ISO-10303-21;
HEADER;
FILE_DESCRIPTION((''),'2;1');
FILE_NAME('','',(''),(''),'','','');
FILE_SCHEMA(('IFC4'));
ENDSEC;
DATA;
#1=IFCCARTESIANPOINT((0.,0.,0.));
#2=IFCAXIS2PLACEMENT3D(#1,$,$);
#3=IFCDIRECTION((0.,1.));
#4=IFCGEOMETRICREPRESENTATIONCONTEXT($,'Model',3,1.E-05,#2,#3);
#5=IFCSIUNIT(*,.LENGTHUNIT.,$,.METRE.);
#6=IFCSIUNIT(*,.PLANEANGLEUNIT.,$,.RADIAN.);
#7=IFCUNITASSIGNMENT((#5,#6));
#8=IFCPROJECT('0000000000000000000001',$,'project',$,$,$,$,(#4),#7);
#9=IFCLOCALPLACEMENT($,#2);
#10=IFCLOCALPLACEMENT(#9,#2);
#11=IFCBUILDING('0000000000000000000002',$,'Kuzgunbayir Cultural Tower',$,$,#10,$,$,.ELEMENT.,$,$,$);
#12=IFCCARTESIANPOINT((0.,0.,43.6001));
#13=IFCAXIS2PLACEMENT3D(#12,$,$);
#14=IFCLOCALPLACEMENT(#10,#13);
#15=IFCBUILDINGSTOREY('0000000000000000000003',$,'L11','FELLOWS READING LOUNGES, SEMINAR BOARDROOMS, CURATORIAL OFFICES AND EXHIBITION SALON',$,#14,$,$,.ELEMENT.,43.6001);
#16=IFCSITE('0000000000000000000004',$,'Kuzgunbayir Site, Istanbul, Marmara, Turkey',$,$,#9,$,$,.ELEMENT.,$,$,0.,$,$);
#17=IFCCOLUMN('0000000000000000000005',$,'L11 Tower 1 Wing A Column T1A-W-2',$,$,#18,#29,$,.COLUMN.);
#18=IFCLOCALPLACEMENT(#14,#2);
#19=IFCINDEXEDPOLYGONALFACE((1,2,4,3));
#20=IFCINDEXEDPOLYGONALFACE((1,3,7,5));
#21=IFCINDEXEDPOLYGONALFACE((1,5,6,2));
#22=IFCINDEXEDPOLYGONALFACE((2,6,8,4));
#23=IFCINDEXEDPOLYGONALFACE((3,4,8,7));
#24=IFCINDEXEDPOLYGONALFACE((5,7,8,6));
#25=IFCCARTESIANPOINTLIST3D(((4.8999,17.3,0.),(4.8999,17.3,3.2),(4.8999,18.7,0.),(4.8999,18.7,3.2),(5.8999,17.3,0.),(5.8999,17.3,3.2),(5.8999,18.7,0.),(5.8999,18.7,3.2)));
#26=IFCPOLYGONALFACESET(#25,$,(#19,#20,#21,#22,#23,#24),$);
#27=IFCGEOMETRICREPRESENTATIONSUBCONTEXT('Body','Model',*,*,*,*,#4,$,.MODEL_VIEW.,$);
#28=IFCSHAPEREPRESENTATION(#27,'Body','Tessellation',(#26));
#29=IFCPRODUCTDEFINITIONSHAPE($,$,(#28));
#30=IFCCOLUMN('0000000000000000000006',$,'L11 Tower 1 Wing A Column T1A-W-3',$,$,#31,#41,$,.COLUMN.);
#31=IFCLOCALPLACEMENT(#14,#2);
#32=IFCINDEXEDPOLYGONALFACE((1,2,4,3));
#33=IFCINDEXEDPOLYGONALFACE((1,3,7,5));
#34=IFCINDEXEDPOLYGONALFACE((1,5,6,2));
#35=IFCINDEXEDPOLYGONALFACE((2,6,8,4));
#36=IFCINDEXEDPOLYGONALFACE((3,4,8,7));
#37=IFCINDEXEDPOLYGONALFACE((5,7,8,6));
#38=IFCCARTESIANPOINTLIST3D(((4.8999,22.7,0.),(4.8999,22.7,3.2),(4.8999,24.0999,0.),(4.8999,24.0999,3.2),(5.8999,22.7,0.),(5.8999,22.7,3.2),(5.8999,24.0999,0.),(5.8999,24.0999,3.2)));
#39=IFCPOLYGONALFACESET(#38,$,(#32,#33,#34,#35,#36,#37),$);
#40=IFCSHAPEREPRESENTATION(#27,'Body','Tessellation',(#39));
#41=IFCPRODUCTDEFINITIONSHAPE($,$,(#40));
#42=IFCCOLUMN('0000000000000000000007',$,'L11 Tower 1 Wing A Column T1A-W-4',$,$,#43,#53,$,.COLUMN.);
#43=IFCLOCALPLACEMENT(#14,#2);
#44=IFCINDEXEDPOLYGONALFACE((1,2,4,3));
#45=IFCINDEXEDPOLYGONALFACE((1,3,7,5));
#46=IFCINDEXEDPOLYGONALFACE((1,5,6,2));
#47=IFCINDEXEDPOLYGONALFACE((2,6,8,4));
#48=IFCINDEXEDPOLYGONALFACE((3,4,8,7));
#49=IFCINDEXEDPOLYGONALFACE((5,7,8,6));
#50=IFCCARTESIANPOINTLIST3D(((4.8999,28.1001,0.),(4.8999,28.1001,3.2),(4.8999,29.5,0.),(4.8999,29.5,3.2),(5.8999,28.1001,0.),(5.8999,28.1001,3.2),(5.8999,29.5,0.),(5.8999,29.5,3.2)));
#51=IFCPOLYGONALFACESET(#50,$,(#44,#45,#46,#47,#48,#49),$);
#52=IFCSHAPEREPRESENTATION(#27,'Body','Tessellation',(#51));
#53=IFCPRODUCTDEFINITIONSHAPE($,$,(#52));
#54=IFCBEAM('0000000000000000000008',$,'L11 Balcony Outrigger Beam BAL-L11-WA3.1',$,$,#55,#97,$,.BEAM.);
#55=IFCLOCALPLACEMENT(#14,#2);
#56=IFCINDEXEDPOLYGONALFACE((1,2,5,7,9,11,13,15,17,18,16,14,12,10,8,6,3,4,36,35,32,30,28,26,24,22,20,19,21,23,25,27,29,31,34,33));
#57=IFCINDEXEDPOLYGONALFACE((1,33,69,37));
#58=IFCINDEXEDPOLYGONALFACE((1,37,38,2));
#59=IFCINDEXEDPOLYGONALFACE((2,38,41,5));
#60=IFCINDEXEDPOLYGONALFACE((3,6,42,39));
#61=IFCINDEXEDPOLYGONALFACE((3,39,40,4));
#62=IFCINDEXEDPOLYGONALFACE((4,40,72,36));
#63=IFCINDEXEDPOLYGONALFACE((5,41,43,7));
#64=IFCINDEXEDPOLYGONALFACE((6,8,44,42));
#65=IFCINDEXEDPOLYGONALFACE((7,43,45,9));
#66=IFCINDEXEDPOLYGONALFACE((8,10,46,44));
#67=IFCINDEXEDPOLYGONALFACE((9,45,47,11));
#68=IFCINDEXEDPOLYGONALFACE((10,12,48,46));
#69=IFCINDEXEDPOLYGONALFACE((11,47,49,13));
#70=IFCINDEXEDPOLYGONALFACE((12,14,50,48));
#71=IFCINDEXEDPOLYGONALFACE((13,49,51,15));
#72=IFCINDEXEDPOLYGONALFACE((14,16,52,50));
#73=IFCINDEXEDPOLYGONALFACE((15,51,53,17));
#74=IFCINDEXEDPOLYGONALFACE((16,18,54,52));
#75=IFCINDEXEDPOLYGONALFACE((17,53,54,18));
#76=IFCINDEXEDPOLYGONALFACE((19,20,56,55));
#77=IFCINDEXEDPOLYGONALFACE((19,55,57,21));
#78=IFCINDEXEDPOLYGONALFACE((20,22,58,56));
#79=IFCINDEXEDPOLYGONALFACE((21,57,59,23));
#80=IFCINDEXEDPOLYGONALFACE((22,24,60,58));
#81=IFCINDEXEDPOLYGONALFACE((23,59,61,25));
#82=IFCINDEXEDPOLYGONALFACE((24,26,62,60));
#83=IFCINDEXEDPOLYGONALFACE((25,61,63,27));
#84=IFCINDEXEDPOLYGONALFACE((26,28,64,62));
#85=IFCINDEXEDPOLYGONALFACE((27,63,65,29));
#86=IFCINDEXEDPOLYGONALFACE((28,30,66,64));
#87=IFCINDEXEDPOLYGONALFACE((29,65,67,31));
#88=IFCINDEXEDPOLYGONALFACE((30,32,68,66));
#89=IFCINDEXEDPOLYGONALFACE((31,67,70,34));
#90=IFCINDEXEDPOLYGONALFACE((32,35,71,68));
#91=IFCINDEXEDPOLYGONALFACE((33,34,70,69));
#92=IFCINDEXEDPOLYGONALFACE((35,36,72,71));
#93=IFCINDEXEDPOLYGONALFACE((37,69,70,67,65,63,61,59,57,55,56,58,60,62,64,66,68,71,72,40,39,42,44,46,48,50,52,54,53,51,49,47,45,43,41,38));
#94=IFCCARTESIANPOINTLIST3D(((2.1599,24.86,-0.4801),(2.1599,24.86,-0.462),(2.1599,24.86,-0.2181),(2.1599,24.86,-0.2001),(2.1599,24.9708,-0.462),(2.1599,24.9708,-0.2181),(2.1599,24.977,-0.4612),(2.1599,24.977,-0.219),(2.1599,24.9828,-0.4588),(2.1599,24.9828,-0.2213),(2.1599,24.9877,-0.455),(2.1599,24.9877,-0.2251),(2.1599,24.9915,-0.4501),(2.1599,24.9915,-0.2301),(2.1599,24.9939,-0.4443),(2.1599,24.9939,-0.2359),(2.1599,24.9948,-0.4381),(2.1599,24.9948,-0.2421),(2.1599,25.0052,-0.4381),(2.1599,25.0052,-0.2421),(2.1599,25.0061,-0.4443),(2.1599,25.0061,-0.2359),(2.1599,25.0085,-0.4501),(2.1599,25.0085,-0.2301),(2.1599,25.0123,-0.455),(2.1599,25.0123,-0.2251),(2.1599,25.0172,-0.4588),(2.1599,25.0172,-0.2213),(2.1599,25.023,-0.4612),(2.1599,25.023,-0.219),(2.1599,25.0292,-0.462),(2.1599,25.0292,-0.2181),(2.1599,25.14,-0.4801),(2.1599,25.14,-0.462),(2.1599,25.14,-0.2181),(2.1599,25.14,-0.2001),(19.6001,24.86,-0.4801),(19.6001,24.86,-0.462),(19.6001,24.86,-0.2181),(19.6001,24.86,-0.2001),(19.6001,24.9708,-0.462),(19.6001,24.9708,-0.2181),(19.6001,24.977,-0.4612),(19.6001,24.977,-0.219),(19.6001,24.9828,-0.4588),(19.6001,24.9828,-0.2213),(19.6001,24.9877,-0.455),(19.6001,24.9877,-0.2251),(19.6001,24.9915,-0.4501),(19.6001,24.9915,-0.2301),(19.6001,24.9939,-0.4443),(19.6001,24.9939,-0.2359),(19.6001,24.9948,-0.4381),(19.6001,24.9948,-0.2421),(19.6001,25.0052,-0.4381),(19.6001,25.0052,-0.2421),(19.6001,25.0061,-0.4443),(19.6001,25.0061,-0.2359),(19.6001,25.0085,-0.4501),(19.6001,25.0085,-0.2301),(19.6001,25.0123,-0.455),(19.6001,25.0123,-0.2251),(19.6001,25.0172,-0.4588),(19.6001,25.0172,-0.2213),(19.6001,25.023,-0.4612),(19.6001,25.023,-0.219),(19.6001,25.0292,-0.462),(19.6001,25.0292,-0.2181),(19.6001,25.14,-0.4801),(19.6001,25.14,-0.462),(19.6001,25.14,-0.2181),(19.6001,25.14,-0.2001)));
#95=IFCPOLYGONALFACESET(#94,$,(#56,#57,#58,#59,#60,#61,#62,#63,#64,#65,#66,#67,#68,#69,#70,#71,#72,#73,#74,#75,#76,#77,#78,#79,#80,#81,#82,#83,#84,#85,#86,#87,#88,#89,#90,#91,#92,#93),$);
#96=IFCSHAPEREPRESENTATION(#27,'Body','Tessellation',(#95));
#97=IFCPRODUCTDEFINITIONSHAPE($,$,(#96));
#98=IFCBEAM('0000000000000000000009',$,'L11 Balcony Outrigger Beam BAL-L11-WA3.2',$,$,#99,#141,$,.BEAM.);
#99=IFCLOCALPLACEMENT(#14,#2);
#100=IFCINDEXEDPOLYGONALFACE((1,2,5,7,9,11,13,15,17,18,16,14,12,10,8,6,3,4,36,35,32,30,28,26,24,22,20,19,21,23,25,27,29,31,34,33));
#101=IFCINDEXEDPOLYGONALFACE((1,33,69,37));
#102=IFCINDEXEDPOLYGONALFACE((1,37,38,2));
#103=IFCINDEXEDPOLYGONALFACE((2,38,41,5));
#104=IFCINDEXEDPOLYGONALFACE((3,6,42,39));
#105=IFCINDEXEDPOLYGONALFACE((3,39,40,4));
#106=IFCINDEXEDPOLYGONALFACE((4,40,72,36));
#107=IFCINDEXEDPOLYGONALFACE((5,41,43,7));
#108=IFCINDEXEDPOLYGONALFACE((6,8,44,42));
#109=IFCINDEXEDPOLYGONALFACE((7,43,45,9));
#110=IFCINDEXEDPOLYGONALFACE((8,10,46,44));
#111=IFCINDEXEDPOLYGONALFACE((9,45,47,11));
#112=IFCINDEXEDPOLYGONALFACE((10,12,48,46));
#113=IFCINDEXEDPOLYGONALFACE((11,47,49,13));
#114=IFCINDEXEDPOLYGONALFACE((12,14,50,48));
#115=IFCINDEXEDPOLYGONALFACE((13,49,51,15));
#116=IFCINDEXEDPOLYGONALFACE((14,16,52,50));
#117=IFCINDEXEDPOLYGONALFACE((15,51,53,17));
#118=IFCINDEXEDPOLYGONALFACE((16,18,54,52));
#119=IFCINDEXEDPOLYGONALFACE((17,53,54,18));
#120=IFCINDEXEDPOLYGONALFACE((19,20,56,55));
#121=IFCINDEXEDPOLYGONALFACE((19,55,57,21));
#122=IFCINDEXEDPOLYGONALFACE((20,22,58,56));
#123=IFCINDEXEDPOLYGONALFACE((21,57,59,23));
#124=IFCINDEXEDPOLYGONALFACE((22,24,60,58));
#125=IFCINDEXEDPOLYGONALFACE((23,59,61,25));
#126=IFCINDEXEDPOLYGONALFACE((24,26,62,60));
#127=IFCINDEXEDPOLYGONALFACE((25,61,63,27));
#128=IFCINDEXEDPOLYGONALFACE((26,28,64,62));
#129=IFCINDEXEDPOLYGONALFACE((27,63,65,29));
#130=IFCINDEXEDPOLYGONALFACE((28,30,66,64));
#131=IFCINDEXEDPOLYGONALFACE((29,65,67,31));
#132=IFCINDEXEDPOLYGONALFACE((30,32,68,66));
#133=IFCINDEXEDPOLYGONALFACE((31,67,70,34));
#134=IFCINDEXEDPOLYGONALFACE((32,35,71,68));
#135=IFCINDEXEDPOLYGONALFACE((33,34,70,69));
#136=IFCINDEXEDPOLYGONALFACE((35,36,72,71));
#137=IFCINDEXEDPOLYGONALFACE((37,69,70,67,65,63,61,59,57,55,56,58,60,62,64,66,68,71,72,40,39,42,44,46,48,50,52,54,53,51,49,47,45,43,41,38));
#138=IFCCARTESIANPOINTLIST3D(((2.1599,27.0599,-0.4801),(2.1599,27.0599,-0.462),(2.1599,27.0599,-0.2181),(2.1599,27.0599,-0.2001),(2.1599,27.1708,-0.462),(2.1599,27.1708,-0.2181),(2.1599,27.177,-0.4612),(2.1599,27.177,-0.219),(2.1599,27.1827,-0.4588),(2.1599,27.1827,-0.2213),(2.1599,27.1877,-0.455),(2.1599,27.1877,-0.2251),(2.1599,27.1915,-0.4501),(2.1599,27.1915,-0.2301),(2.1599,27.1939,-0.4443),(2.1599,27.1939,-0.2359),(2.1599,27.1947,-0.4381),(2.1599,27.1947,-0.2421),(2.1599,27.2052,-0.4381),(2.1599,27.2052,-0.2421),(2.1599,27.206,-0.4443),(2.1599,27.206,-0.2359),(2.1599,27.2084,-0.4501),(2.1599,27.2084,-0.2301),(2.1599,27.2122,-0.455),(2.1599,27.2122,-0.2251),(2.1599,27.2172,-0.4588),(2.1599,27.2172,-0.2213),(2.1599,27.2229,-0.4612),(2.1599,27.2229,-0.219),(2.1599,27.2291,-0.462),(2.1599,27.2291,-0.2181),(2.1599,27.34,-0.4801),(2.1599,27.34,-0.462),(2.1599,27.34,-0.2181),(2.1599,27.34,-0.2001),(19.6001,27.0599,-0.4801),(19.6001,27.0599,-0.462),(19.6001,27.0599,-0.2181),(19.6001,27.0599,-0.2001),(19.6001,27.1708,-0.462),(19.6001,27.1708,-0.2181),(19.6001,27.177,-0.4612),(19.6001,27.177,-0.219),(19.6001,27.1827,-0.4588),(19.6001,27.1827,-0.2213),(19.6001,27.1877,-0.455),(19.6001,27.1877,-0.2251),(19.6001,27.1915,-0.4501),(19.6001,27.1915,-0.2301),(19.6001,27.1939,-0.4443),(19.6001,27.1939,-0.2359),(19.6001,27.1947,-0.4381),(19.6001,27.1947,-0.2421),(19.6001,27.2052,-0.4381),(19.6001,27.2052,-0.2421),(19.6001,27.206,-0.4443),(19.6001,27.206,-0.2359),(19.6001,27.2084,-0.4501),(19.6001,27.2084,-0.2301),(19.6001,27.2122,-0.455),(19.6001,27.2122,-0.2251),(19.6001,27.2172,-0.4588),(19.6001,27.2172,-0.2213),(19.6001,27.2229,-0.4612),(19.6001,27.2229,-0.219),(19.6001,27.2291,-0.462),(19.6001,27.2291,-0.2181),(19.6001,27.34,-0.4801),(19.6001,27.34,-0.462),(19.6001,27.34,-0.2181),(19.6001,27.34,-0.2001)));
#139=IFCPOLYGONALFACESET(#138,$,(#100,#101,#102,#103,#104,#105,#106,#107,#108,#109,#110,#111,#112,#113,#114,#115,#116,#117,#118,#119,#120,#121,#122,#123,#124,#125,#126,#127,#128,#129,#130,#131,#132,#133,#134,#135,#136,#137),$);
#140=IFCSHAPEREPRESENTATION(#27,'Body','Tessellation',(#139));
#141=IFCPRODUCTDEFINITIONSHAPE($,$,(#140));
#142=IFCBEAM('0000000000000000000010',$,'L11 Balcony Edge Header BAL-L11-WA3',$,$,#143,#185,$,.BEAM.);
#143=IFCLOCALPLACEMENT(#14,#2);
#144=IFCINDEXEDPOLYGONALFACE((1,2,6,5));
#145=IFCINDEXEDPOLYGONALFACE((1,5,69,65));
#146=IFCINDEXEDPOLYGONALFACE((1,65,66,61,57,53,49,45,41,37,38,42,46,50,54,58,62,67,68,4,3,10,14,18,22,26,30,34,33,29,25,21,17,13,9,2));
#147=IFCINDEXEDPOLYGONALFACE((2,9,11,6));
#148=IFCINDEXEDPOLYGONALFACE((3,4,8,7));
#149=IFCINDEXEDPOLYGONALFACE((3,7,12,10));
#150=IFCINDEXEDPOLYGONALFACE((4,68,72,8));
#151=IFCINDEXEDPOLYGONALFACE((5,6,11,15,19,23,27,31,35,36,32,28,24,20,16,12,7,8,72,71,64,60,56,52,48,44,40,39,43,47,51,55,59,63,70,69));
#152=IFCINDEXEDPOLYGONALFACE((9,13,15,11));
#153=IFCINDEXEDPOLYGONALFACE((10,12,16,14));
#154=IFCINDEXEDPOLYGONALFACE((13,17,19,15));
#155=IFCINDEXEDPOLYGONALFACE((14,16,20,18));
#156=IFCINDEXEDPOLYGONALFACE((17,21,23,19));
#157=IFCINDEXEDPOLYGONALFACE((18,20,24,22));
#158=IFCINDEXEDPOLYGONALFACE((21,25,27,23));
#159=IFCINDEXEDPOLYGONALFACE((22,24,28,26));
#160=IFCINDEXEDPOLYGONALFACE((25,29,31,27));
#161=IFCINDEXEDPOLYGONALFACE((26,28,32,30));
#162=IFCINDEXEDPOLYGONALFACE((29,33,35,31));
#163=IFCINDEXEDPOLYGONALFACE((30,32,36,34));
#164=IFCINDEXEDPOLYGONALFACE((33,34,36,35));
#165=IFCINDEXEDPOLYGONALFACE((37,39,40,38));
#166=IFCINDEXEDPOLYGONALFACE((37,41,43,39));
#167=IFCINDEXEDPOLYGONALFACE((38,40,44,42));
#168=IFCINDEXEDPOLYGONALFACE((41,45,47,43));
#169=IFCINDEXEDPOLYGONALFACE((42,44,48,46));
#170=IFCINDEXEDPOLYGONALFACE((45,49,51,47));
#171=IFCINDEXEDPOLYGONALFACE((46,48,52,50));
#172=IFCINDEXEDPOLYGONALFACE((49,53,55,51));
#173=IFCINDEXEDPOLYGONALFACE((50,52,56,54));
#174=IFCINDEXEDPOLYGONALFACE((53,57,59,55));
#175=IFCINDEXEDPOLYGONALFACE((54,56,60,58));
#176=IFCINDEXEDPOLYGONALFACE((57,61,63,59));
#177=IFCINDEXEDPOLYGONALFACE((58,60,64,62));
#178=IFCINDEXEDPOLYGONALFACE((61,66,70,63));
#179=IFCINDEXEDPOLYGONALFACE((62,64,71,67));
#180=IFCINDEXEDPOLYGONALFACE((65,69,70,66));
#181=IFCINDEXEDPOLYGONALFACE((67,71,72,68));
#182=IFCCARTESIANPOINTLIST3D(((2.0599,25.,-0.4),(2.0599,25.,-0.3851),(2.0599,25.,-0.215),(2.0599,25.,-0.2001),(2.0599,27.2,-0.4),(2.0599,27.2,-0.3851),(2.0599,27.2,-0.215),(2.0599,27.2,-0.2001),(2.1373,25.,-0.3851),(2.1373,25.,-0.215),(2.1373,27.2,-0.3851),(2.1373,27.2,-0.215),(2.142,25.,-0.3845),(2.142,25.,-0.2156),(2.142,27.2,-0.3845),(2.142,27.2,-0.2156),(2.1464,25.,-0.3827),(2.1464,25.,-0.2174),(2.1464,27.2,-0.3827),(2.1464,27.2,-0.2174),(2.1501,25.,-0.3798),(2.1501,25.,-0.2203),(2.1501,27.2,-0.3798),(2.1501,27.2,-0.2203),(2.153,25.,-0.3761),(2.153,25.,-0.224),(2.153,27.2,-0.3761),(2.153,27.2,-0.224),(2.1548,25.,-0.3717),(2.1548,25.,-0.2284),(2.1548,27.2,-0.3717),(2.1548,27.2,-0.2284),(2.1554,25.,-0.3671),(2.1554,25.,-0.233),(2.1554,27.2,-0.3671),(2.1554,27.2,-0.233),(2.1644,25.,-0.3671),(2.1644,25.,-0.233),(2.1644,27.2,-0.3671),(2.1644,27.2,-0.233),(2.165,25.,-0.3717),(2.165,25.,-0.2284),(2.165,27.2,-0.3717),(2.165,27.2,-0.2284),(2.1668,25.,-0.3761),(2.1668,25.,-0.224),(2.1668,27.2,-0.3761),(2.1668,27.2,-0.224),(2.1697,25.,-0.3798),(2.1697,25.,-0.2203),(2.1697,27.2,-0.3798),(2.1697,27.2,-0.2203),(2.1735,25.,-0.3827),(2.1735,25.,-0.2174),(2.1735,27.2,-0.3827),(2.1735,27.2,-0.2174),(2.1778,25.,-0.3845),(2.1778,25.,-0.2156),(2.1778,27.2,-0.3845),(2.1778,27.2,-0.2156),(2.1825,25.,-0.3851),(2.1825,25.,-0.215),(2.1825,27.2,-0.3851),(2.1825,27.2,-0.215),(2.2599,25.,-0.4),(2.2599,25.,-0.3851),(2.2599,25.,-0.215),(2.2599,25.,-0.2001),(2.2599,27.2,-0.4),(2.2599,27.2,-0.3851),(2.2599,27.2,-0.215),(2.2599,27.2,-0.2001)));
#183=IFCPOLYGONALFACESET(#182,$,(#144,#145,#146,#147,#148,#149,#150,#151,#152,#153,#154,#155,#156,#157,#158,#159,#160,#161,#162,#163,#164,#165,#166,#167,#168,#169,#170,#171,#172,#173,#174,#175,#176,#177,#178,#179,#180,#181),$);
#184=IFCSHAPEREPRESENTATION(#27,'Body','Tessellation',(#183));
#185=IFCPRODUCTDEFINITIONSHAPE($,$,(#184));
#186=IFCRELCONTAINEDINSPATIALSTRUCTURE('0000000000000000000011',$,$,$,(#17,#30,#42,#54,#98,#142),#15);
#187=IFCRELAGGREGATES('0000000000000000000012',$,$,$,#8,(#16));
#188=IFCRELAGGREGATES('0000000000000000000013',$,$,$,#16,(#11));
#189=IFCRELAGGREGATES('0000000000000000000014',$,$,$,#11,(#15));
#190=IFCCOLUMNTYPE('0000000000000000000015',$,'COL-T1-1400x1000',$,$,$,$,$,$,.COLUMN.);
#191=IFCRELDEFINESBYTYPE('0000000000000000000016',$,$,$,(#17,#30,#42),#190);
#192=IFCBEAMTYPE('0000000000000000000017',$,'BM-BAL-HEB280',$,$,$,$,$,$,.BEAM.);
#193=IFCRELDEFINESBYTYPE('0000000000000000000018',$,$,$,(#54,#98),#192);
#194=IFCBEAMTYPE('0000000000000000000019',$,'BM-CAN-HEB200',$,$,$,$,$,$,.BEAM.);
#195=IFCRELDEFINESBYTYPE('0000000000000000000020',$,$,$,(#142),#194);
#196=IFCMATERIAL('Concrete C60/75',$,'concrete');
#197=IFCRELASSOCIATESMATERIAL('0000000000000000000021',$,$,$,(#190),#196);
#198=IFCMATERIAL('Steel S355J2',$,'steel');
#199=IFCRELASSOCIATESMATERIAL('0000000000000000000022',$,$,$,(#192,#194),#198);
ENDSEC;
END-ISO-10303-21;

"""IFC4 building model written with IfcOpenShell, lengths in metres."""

from ifc_helpers import new_model, si_unit, direction, frame, origin, origin_2d, place, context, subcontext, project, spatial, rectangle, i_section, extrude, material, material_profile, profile_set, type_object, element, save


model = new_model("IFC4")

# Units and contexts
model_context = context("Model", 3, precision=1e-05, world=origin(), true_north=direction((0.0, 1.0)))
body_context = subcontext(model_context, "Body", "Model", "MODEL_VIEW")
ifc_project = project(units=[si_unit("LENGTHUNIT", "METRE"), si_unit("PLANEANGLEUNIT", "RADIAN")], contexts=[model_context])

# Site, building, storey
site_placement = place(None, origin())
site = spatial("IfcSite", under=ifc_project, at=site_placement, Name="Kuzgunbayir Site, Istanbul, Marmara, Turkey", CompositionType="ELEMENT", RefElevation=0.0)
building_placement = place(site_placement, origin())
building = spatial("IfcBuilding", under=site, at=building_placement, Name="Kuzgunbayir Cultural Tower", CompositionType="ELEMENT")
storey_placement = place(building_placement, frame((0.0, 0.0, 43.6001)))
storey = spatial("IfcBuildingStorey", under=building, at=storey_placement, Name="L11", Description="FELLOWS READING LOUNGES, SEMINAR BOARDROOMS, CURATORIAL OFFICES AND EXHIBITION SALON", CompositionType="ELEMENT", Elevation=43.6001)

# Columns
ifc_material_1 = material(Name="Concrete C60/75", Category="concrete")
ifc_material_profile_1 = material_profile(ifc_material_1, rectangle(XDim=1.0, YDim=1.3999, at=origin_2d()), Name="RC 1400x1000")
ifc_profile_set_1 = profile_set([ifc_material_profile_1], Name="Concrete C60/75")
column_type = type_object("IfcColumnType", Name="COL-T1-1400x1000", PredefinedType="COLUMN", material=ifc_profile_set_1)
for number, where, z_axis, x_axis, name in (
    (1, (5.3999, 18.0, 0.0), (0.0, 0.0, 1.0), (1.0, 0.0, 0.0), "L11 Tower 1 Wing A Column T1A-W-2"),
    (2, (5.3999, 23.3999, 0.0), (0.0, 0.0, 1.0), (1.0, 0.0, 0.0), "L11 Tower 1 Wing A Column T1A-W-3"),
    (3, (5.3999, 28.8, 0.0), (0.0, 0.0, 1.0), (1.0, 0.0, 0.0), "L11 Tower 1 Wing A Column T1A-W-4"),
):
    element("IfcColumn", number, at=place(storey_placement, frame(where, z_axis=z_axis, x_axis=x_axis)), inside=storey, type_object=column_type, Name=name, PredefinedType="COLUMN", context=body_context, shape_type="SweptSolid", body=[
        extrude(rectangle(XDim=1.0, YDim=1.3999, at=origin_2d()), origin(), (0.0, 0.0, 1.0), 3.2),
    ])

# Beams
ifc_material_2 = material(Name="Steel S355J2", Category="steel")
ifc_material_profile_2 = material_profile(ifc_material_2, i_section(OverallWidth=0.28, OverallDepth=0.28, WebThickness=0.0105, FlangeThickness=0.0181, FilletRadius=0.0239, at=origin_2d()), Name="HEB 280")
ifc_profile_set_2 = profile_set([ifc_material_profile_2], Name="Steel S355J2")
beam_type_1 = type_object("IfcBeamType", Name="BM-BAL-HEB280", PredefinedType="BEAM", material=ifc_profile_set_2)
for number, where, z_axis, x_axis, name in (
    (4, (2.1599, 25.0, -0.3401), (1.0, 0.0, 0.0), (0.0, 1.0, 0.0), "L11 Balcony Outrigger Beam BAL-L11-WA3.1"),
    (5, (2.1599, 27.2, -0.3401), (1.0, 0.0, 0.0), (0.0, 1.0, 0.0), "L11 Balcony Outrigger Beam BAL-L11-WA3.2"),
):
    element("IfcBeam", number, at=place(storey_placement, frame(where, z_axis=z_axis, x_axis=x_axis)), inside=storey, type_object=beam_type_1, Name=name, PredefinedType="BEAM", context=body_context, shape_type="SweptSolid", body=[
        extrude(i_section(OverallWidth=0.28, OverallDepth=0.28, WebThickness=0.0105, FlangeThickness=0.0181, FilletRadius=0.0239, at=origin_2d()), origin(), (0.0, 0.0, 1.0), 17.4402),
    ])
ifc_material_profile_3 = material_profile(ifc_material_2, i_section(OverallWidth=0.2, OverallDepth=0.2, WebThickness=0.009, FlangeThickness=0.0149, FilletRadius=0.0181, at=origin_2d()), Name="HEB 200")
ifc_profile_set_3 = profile_set([ifc_material_profile_3], Name="Steel S355J2")
beam_type_2 = type_object("IfcBeamType", Name="BM-CAN-HEB200", PredefinedType="BEAM", material=ifc_profile_set_3)
beam_1_placement = place(storey_placement, frame((2.1599, 25.0, -0.3), z_axis=(0.0, 1.0, 0.0), x_axis=(-1.0, 0.0, 0.0)))
element("IfcBeam", 6, at=beam_1_placement, inside=storey, type_object=beam_type_2, Name="L11 Balcony Edge Header BAL-L11-WA3", PredefinedType="BEAM", context=body_context, shape_type="SweptSolid", body=[
    extrude(i_section(OverallWidth=0.2, OverallDepth=0.2, WebThickness=0.009, FlangeThickness=0.0149, FilletRadius=0.0181, at=origin_2d()), origin(), (0.0, 0.0, 1.0), 2.2),
])

save(model, "model.ifc")
